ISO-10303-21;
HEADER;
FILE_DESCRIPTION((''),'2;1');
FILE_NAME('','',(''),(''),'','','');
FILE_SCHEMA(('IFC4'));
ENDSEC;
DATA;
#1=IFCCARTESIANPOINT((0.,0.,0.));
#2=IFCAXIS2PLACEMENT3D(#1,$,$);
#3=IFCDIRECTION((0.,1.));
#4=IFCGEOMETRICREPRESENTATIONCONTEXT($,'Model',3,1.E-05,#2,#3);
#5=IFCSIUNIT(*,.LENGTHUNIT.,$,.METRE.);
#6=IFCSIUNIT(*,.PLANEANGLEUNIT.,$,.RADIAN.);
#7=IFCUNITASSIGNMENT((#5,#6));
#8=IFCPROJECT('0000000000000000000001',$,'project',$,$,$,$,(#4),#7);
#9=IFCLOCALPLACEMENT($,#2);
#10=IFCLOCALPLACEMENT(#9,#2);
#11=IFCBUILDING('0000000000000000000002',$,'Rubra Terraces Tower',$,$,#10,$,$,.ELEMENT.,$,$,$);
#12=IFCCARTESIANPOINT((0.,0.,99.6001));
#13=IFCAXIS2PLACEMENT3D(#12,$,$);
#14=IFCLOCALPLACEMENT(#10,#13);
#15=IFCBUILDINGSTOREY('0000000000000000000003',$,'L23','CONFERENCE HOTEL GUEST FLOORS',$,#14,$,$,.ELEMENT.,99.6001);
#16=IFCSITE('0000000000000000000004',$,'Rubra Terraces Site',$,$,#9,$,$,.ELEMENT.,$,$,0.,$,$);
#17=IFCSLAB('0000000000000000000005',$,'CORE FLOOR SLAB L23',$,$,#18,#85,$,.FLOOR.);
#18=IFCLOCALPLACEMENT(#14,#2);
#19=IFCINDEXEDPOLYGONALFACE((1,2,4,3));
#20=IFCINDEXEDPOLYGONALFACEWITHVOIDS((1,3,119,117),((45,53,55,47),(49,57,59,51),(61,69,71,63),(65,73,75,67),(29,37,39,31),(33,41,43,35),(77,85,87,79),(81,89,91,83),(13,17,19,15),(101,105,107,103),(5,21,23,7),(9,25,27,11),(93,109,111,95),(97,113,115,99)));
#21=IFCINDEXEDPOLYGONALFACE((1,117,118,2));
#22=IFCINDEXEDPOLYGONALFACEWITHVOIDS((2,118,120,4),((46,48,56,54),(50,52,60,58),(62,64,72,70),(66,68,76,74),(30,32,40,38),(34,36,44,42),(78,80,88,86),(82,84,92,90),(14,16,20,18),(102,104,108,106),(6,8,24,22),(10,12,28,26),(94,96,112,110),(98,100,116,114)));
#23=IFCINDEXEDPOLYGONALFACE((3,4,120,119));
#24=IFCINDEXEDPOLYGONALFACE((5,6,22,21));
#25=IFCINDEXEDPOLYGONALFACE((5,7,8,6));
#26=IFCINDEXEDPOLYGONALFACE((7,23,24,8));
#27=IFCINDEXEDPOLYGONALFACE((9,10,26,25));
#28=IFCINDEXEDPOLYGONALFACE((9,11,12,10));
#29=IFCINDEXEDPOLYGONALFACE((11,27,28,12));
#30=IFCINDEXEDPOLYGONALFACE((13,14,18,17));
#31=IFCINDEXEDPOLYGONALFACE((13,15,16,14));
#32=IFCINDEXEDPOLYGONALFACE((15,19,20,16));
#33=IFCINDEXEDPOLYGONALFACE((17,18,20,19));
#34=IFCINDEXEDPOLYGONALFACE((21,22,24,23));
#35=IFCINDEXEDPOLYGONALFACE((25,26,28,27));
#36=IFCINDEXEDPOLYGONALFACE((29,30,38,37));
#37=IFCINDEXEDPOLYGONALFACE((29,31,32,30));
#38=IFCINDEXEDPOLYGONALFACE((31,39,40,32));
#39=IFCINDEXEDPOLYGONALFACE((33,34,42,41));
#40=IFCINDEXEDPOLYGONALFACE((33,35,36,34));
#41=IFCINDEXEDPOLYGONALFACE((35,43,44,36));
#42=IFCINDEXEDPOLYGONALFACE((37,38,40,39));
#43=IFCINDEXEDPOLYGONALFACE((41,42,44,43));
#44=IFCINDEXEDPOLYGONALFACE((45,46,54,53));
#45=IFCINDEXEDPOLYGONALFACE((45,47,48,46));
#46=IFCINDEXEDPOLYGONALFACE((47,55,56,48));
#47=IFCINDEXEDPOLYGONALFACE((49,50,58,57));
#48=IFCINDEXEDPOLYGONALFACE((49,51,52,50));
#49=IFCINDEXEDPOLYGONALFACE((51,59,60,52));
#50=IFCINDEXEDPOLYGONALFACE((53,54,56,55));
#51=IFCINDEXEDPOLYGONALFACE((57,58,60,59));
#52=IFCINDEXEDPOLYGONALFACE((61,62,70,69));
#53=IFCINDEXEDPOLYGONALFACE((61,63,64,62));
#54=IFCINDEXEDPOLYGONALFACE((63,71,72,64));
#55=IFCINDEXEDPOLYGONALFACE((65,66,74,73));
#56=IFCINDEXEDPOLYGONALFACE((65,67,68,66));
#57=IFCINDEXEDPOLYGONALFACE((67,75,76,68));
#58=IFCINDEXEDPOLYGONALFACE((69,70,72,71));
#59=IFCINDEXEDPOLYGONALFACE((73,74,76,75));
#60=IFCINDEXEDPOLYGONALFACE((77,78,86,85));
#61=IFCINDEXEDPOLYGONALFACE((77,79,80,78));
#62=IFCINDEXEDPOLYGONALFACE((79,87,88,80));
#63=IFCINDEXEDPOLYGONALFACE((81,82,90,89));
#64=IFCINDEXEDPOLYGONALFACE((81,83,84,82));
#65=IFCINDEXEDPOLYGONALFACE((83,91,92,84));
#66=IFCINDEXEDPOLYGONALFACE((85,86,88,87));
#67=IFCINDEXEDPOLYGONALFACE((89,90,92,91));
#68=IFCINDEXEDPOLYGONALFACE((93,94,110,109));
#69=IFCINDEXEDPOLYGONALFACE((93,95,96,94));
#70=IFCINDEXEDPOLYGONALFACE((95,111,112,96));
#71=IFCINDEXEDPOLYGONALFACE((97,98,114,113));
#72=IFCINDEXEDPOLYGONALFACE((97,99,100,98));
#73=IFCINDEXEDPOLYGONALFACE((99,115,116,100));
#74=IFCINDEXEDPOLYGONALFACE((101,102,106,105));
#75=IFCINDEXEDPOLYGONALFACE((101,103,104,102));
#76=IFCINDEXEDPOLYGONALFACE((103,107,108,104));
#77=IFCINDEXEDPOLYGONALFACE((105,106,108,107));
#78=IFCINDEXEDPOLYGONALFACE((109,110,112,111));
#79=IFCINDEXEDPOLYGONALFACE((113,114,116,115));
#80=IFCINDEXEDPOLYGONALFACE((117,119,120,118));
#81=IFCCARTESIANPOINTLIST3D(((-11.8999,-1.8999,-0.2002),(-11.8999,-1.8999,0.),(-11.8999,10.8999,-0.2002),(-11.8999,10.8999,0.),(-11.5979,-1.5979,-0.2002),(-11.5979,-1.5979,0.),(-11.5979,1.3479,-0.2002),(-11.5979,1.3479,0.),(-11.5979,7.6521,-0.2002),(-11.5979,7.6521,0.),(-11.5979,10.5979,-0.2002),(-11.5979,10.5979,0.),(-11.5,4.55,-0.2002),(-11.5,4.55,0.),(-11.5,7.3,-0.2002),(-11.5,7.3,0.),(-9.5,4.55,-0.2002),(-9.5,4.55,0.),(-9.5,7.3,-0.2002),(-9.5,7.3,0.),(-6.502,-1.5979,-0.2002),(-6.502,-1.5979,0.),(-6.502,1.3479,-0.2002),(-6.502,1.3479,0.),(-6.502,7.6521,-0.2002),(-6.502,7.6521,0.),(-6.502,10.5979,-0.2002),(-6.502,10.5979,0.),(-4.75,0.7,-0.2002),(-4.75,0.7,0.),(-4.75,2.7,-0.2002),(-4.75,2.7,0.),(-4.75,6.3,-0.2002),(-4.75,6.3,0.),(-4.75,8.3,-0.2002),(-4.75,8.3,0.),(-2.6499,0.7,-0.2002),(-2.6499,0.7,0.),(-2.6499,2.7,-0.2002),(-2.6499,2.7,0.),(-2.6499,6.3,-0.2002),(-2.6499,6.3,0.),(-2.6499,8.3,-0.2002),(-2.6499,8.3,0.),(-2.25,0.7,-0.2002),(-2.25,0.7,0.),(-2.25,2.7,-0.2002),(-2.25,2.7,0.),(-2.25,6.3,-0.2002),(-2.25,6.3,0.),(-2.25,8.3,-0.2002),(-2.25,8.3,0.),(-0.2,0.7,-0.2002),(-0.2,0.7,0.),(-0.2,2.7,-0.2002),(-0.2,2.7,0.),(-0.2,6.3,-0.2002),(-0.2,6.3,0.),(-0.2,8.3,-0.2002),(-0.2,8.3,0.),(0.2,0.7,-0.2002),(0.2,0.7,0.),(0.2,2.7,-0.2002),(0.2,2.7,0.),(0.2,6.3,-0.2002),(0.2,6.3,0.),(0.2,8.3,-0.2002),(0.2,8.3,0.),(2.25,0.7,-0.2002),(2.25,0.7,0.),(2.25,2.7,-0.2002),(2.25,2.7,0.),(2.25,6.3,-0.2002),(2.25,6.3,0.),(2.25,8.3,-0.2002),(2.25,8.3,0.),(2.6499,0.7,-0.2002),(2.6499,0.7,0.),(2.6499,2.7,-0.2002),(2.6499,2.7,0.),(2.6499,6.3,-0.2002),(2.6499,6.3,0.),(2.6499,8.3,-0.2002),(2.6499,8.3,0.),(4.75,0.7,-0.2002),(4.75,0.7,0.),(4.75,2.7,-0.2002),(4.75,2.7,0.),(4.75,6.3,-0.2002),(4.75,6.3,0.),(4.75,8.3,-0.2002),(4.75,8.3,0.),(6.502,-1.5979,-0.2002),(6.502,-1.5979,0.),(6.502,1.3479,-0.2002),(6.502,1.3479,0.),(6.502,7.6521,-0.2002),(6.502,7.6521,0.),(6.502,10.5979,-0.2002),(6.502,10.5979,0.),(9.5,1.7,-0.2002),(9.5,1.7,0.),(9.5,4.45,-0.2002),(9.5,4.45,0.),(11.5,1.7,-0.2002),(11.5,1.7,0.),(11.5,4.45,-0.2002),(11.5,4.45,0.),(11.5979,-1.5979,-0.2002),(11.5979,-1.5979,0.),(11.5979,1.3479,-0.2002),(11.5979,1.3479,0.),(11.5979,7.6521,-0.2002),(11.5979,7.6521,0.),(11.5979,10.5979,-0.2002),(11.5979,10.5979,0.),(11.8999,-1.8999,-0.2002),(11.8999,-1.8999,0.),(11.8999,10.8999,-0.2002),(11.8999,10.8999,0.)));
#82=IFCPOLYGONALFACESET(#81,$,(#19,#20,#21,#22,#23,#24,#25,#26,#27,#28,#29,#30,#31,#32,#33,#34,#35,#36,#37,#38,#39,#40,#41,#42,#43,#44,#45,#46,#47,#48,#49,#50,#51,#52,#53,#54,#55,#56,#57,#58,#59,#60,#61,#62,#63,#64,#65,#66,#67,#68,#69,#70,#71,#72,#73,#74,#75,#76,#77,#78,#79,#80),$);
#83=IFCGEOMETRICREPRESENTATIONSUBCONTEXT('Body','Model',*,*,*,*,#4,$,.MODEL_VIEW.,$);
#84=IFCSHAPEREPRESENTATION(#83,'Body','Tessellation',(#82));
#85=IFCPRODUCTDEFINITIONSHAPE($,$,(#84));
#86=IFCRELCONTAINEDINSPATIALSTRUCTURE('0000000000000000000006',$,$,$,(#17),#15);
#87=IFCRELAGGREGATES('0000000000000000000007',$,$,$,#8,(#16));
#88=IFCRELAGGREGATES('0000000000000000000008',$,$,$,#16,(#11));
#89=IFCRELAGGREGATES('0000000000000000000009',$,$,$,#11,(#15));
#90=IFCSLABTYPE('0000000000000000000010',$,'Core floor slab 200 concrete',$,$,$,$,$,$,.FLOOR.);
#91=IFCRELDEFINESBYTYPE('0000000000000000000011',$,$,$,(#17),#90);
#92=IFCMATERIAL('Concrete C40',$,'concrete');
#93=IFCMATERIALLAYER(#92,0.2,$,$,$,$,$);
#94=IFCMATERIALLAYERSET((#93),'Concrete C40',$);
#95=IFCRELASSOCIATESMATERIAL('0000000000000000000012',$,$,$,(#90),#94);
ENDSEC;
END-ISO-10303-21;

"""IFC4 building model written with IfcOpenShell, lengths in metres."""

from ifc_helpers import new_model, si_unit, direction, frame, origin, place, context, subcontext, project, spatial, polyline, outline, extrude, material, layer, layer_set, type_object, element, save


model = new_model("IFC4")

# Units and contexts
model_context = context("Model", 3, precision=1e-05, world=origin(), true_north=direction((0.0, 1.0)))
body_context = subcontext(model_context, "Body", "Model", "MODEL_VIEW")
ifc_project = project(units=[si_unit("LENGTHUNIT", "METRE"), si_unit("PLANEANGLEUNIT", "RADIAN")], contexts=[model_context])

# Site, building, storey
site_placement = place(None, origin())
site = spatial("IfcSite", under=ifc_project, at=site_placement, Name="Rubra Terraces Site", CompositionType="ELEMENT", RefElevation=0.0)
building_placement = place(site_placement, origin())
building = spatial("IfcBuilding", under=site, at=building_placement, Name="Rubra Terraces Tower", CompositionType="ELEMENT")
storey_placement = place(building_placement, frame((0.0, 0.0, 99.6001)))
storey = spatial("IfcBuildingStorey", under=building, at=storey_placement, Name="L23", Description="CONFERENCE HOTEL GUEST FLOORS", CompositionType="ELEMENT", Elevation=99.6001)

# Slab
ifc_material_1 = material(Name="Concrete C40", Category="concrete")
ifc_layer_1 = layer(ifc_material_1, 0.2)
ifc_layer_set_1 = layer_set([ifc_layer_1], Name="Concrete C40")
slab_type_1 = type_object("IfcSlabType", Name="Core floor slab 200 concrete", PredefinedType="FLOOR", material=ifc_layer_set_1)
slab_1_placement = place(storey_placement, frame((0.0, 0.0, -0.2002)))
element("IfcSlab", 1, at=slab_1_placement, inside=storey, type_object=slab_type_1, Name="CORE FLOOR SLAB L23", PredefinedType="FLOOR", context=body_context, shape_type="SweptSolid", body=[
    extrude(outline(polyline([(-11.8999, -1.8999), (-11.8999, 10.8999), (11.8999, 10.8999), (11.8999, -1.8999), (-11.8999, -1.8999)]), holes=[polyline([(11.5979, 1.3479), (6.502, 1.3479), (6.502, -1.5979), (11.5979, -1.5979), (11.5979, 1.3479)]), polyline([(11.5979, 7.6521), (11.5979, 10.5979), (6.502, 10.5979), (6.502, 7.6521), (11.5979, 7.6521)]), polyline([(9.5, 1.7), (11.5, 1.7), (11.5, 4.45), (9.5, 4.45), (9.5, 1.7)]), polyline([(4.75, 0.7), (4.75, 2.7), (2.6499, 2.7), (2.6499, 0.7), (4.75, 0.7)]), polyline([(4.75, 6.3), (4.75, 8.3), (2.6499, 8.3), (2.6499, 6.3), (4.75, 6.3)]), polyline([(2.25, 0.7), (2.25, 2.7), (0.2, 2.7), (0.2, 0.7), (2.25, 0.7)]), polyline([(2.25, 6.3), (2.25, 8.3), (0.2, 8.3), (0.2, 6.3), (2.25, 6.3)]), polyline([(-0.2, 0.7), (-0.2, 2.7), (-2.25, 2.7), (-2.25, 0.7), (-0.2, 0.7)]), polyline([(-0.2, 6.3), (-0.2, 8.3), (-2.25, 8.3), (-2.25, 6.3), (-0.2, 6.3)]), polyline([(-2.6499, 0.7), (-2.6499, 2.7), (-4.75, 2.7), (-4.75, 0.7), (-2.6499, 0.7)]), polyline([(-2.6499, 8.3), (-4.75, 8.3), (-4.75, 6.3), (-2.6499, 6.3), (-2.6499, 8.3)]), polyline([(-11.5979, -1.5979), (-6.502, -1.5979), (-6.502, 1.3479), (-11.5979, 1.3479), (-11.5979, -1.5979)]), polyline([(-11.5979, 10.5979), (-11.5979, 7.6521), (-6.502, 7.6521), (-6.502, 10.5979), (-11.5979, 10.5979)]), polyline([(-9.5, 4.55), (-9.5, 7.3), (-11.5, 7.3), (-11.5, 4.55), (-9.5, 4.55)])]), origin(), (0.0, 0.0, 1.0), 0.2002),
])

save(model, "model.ifc")
